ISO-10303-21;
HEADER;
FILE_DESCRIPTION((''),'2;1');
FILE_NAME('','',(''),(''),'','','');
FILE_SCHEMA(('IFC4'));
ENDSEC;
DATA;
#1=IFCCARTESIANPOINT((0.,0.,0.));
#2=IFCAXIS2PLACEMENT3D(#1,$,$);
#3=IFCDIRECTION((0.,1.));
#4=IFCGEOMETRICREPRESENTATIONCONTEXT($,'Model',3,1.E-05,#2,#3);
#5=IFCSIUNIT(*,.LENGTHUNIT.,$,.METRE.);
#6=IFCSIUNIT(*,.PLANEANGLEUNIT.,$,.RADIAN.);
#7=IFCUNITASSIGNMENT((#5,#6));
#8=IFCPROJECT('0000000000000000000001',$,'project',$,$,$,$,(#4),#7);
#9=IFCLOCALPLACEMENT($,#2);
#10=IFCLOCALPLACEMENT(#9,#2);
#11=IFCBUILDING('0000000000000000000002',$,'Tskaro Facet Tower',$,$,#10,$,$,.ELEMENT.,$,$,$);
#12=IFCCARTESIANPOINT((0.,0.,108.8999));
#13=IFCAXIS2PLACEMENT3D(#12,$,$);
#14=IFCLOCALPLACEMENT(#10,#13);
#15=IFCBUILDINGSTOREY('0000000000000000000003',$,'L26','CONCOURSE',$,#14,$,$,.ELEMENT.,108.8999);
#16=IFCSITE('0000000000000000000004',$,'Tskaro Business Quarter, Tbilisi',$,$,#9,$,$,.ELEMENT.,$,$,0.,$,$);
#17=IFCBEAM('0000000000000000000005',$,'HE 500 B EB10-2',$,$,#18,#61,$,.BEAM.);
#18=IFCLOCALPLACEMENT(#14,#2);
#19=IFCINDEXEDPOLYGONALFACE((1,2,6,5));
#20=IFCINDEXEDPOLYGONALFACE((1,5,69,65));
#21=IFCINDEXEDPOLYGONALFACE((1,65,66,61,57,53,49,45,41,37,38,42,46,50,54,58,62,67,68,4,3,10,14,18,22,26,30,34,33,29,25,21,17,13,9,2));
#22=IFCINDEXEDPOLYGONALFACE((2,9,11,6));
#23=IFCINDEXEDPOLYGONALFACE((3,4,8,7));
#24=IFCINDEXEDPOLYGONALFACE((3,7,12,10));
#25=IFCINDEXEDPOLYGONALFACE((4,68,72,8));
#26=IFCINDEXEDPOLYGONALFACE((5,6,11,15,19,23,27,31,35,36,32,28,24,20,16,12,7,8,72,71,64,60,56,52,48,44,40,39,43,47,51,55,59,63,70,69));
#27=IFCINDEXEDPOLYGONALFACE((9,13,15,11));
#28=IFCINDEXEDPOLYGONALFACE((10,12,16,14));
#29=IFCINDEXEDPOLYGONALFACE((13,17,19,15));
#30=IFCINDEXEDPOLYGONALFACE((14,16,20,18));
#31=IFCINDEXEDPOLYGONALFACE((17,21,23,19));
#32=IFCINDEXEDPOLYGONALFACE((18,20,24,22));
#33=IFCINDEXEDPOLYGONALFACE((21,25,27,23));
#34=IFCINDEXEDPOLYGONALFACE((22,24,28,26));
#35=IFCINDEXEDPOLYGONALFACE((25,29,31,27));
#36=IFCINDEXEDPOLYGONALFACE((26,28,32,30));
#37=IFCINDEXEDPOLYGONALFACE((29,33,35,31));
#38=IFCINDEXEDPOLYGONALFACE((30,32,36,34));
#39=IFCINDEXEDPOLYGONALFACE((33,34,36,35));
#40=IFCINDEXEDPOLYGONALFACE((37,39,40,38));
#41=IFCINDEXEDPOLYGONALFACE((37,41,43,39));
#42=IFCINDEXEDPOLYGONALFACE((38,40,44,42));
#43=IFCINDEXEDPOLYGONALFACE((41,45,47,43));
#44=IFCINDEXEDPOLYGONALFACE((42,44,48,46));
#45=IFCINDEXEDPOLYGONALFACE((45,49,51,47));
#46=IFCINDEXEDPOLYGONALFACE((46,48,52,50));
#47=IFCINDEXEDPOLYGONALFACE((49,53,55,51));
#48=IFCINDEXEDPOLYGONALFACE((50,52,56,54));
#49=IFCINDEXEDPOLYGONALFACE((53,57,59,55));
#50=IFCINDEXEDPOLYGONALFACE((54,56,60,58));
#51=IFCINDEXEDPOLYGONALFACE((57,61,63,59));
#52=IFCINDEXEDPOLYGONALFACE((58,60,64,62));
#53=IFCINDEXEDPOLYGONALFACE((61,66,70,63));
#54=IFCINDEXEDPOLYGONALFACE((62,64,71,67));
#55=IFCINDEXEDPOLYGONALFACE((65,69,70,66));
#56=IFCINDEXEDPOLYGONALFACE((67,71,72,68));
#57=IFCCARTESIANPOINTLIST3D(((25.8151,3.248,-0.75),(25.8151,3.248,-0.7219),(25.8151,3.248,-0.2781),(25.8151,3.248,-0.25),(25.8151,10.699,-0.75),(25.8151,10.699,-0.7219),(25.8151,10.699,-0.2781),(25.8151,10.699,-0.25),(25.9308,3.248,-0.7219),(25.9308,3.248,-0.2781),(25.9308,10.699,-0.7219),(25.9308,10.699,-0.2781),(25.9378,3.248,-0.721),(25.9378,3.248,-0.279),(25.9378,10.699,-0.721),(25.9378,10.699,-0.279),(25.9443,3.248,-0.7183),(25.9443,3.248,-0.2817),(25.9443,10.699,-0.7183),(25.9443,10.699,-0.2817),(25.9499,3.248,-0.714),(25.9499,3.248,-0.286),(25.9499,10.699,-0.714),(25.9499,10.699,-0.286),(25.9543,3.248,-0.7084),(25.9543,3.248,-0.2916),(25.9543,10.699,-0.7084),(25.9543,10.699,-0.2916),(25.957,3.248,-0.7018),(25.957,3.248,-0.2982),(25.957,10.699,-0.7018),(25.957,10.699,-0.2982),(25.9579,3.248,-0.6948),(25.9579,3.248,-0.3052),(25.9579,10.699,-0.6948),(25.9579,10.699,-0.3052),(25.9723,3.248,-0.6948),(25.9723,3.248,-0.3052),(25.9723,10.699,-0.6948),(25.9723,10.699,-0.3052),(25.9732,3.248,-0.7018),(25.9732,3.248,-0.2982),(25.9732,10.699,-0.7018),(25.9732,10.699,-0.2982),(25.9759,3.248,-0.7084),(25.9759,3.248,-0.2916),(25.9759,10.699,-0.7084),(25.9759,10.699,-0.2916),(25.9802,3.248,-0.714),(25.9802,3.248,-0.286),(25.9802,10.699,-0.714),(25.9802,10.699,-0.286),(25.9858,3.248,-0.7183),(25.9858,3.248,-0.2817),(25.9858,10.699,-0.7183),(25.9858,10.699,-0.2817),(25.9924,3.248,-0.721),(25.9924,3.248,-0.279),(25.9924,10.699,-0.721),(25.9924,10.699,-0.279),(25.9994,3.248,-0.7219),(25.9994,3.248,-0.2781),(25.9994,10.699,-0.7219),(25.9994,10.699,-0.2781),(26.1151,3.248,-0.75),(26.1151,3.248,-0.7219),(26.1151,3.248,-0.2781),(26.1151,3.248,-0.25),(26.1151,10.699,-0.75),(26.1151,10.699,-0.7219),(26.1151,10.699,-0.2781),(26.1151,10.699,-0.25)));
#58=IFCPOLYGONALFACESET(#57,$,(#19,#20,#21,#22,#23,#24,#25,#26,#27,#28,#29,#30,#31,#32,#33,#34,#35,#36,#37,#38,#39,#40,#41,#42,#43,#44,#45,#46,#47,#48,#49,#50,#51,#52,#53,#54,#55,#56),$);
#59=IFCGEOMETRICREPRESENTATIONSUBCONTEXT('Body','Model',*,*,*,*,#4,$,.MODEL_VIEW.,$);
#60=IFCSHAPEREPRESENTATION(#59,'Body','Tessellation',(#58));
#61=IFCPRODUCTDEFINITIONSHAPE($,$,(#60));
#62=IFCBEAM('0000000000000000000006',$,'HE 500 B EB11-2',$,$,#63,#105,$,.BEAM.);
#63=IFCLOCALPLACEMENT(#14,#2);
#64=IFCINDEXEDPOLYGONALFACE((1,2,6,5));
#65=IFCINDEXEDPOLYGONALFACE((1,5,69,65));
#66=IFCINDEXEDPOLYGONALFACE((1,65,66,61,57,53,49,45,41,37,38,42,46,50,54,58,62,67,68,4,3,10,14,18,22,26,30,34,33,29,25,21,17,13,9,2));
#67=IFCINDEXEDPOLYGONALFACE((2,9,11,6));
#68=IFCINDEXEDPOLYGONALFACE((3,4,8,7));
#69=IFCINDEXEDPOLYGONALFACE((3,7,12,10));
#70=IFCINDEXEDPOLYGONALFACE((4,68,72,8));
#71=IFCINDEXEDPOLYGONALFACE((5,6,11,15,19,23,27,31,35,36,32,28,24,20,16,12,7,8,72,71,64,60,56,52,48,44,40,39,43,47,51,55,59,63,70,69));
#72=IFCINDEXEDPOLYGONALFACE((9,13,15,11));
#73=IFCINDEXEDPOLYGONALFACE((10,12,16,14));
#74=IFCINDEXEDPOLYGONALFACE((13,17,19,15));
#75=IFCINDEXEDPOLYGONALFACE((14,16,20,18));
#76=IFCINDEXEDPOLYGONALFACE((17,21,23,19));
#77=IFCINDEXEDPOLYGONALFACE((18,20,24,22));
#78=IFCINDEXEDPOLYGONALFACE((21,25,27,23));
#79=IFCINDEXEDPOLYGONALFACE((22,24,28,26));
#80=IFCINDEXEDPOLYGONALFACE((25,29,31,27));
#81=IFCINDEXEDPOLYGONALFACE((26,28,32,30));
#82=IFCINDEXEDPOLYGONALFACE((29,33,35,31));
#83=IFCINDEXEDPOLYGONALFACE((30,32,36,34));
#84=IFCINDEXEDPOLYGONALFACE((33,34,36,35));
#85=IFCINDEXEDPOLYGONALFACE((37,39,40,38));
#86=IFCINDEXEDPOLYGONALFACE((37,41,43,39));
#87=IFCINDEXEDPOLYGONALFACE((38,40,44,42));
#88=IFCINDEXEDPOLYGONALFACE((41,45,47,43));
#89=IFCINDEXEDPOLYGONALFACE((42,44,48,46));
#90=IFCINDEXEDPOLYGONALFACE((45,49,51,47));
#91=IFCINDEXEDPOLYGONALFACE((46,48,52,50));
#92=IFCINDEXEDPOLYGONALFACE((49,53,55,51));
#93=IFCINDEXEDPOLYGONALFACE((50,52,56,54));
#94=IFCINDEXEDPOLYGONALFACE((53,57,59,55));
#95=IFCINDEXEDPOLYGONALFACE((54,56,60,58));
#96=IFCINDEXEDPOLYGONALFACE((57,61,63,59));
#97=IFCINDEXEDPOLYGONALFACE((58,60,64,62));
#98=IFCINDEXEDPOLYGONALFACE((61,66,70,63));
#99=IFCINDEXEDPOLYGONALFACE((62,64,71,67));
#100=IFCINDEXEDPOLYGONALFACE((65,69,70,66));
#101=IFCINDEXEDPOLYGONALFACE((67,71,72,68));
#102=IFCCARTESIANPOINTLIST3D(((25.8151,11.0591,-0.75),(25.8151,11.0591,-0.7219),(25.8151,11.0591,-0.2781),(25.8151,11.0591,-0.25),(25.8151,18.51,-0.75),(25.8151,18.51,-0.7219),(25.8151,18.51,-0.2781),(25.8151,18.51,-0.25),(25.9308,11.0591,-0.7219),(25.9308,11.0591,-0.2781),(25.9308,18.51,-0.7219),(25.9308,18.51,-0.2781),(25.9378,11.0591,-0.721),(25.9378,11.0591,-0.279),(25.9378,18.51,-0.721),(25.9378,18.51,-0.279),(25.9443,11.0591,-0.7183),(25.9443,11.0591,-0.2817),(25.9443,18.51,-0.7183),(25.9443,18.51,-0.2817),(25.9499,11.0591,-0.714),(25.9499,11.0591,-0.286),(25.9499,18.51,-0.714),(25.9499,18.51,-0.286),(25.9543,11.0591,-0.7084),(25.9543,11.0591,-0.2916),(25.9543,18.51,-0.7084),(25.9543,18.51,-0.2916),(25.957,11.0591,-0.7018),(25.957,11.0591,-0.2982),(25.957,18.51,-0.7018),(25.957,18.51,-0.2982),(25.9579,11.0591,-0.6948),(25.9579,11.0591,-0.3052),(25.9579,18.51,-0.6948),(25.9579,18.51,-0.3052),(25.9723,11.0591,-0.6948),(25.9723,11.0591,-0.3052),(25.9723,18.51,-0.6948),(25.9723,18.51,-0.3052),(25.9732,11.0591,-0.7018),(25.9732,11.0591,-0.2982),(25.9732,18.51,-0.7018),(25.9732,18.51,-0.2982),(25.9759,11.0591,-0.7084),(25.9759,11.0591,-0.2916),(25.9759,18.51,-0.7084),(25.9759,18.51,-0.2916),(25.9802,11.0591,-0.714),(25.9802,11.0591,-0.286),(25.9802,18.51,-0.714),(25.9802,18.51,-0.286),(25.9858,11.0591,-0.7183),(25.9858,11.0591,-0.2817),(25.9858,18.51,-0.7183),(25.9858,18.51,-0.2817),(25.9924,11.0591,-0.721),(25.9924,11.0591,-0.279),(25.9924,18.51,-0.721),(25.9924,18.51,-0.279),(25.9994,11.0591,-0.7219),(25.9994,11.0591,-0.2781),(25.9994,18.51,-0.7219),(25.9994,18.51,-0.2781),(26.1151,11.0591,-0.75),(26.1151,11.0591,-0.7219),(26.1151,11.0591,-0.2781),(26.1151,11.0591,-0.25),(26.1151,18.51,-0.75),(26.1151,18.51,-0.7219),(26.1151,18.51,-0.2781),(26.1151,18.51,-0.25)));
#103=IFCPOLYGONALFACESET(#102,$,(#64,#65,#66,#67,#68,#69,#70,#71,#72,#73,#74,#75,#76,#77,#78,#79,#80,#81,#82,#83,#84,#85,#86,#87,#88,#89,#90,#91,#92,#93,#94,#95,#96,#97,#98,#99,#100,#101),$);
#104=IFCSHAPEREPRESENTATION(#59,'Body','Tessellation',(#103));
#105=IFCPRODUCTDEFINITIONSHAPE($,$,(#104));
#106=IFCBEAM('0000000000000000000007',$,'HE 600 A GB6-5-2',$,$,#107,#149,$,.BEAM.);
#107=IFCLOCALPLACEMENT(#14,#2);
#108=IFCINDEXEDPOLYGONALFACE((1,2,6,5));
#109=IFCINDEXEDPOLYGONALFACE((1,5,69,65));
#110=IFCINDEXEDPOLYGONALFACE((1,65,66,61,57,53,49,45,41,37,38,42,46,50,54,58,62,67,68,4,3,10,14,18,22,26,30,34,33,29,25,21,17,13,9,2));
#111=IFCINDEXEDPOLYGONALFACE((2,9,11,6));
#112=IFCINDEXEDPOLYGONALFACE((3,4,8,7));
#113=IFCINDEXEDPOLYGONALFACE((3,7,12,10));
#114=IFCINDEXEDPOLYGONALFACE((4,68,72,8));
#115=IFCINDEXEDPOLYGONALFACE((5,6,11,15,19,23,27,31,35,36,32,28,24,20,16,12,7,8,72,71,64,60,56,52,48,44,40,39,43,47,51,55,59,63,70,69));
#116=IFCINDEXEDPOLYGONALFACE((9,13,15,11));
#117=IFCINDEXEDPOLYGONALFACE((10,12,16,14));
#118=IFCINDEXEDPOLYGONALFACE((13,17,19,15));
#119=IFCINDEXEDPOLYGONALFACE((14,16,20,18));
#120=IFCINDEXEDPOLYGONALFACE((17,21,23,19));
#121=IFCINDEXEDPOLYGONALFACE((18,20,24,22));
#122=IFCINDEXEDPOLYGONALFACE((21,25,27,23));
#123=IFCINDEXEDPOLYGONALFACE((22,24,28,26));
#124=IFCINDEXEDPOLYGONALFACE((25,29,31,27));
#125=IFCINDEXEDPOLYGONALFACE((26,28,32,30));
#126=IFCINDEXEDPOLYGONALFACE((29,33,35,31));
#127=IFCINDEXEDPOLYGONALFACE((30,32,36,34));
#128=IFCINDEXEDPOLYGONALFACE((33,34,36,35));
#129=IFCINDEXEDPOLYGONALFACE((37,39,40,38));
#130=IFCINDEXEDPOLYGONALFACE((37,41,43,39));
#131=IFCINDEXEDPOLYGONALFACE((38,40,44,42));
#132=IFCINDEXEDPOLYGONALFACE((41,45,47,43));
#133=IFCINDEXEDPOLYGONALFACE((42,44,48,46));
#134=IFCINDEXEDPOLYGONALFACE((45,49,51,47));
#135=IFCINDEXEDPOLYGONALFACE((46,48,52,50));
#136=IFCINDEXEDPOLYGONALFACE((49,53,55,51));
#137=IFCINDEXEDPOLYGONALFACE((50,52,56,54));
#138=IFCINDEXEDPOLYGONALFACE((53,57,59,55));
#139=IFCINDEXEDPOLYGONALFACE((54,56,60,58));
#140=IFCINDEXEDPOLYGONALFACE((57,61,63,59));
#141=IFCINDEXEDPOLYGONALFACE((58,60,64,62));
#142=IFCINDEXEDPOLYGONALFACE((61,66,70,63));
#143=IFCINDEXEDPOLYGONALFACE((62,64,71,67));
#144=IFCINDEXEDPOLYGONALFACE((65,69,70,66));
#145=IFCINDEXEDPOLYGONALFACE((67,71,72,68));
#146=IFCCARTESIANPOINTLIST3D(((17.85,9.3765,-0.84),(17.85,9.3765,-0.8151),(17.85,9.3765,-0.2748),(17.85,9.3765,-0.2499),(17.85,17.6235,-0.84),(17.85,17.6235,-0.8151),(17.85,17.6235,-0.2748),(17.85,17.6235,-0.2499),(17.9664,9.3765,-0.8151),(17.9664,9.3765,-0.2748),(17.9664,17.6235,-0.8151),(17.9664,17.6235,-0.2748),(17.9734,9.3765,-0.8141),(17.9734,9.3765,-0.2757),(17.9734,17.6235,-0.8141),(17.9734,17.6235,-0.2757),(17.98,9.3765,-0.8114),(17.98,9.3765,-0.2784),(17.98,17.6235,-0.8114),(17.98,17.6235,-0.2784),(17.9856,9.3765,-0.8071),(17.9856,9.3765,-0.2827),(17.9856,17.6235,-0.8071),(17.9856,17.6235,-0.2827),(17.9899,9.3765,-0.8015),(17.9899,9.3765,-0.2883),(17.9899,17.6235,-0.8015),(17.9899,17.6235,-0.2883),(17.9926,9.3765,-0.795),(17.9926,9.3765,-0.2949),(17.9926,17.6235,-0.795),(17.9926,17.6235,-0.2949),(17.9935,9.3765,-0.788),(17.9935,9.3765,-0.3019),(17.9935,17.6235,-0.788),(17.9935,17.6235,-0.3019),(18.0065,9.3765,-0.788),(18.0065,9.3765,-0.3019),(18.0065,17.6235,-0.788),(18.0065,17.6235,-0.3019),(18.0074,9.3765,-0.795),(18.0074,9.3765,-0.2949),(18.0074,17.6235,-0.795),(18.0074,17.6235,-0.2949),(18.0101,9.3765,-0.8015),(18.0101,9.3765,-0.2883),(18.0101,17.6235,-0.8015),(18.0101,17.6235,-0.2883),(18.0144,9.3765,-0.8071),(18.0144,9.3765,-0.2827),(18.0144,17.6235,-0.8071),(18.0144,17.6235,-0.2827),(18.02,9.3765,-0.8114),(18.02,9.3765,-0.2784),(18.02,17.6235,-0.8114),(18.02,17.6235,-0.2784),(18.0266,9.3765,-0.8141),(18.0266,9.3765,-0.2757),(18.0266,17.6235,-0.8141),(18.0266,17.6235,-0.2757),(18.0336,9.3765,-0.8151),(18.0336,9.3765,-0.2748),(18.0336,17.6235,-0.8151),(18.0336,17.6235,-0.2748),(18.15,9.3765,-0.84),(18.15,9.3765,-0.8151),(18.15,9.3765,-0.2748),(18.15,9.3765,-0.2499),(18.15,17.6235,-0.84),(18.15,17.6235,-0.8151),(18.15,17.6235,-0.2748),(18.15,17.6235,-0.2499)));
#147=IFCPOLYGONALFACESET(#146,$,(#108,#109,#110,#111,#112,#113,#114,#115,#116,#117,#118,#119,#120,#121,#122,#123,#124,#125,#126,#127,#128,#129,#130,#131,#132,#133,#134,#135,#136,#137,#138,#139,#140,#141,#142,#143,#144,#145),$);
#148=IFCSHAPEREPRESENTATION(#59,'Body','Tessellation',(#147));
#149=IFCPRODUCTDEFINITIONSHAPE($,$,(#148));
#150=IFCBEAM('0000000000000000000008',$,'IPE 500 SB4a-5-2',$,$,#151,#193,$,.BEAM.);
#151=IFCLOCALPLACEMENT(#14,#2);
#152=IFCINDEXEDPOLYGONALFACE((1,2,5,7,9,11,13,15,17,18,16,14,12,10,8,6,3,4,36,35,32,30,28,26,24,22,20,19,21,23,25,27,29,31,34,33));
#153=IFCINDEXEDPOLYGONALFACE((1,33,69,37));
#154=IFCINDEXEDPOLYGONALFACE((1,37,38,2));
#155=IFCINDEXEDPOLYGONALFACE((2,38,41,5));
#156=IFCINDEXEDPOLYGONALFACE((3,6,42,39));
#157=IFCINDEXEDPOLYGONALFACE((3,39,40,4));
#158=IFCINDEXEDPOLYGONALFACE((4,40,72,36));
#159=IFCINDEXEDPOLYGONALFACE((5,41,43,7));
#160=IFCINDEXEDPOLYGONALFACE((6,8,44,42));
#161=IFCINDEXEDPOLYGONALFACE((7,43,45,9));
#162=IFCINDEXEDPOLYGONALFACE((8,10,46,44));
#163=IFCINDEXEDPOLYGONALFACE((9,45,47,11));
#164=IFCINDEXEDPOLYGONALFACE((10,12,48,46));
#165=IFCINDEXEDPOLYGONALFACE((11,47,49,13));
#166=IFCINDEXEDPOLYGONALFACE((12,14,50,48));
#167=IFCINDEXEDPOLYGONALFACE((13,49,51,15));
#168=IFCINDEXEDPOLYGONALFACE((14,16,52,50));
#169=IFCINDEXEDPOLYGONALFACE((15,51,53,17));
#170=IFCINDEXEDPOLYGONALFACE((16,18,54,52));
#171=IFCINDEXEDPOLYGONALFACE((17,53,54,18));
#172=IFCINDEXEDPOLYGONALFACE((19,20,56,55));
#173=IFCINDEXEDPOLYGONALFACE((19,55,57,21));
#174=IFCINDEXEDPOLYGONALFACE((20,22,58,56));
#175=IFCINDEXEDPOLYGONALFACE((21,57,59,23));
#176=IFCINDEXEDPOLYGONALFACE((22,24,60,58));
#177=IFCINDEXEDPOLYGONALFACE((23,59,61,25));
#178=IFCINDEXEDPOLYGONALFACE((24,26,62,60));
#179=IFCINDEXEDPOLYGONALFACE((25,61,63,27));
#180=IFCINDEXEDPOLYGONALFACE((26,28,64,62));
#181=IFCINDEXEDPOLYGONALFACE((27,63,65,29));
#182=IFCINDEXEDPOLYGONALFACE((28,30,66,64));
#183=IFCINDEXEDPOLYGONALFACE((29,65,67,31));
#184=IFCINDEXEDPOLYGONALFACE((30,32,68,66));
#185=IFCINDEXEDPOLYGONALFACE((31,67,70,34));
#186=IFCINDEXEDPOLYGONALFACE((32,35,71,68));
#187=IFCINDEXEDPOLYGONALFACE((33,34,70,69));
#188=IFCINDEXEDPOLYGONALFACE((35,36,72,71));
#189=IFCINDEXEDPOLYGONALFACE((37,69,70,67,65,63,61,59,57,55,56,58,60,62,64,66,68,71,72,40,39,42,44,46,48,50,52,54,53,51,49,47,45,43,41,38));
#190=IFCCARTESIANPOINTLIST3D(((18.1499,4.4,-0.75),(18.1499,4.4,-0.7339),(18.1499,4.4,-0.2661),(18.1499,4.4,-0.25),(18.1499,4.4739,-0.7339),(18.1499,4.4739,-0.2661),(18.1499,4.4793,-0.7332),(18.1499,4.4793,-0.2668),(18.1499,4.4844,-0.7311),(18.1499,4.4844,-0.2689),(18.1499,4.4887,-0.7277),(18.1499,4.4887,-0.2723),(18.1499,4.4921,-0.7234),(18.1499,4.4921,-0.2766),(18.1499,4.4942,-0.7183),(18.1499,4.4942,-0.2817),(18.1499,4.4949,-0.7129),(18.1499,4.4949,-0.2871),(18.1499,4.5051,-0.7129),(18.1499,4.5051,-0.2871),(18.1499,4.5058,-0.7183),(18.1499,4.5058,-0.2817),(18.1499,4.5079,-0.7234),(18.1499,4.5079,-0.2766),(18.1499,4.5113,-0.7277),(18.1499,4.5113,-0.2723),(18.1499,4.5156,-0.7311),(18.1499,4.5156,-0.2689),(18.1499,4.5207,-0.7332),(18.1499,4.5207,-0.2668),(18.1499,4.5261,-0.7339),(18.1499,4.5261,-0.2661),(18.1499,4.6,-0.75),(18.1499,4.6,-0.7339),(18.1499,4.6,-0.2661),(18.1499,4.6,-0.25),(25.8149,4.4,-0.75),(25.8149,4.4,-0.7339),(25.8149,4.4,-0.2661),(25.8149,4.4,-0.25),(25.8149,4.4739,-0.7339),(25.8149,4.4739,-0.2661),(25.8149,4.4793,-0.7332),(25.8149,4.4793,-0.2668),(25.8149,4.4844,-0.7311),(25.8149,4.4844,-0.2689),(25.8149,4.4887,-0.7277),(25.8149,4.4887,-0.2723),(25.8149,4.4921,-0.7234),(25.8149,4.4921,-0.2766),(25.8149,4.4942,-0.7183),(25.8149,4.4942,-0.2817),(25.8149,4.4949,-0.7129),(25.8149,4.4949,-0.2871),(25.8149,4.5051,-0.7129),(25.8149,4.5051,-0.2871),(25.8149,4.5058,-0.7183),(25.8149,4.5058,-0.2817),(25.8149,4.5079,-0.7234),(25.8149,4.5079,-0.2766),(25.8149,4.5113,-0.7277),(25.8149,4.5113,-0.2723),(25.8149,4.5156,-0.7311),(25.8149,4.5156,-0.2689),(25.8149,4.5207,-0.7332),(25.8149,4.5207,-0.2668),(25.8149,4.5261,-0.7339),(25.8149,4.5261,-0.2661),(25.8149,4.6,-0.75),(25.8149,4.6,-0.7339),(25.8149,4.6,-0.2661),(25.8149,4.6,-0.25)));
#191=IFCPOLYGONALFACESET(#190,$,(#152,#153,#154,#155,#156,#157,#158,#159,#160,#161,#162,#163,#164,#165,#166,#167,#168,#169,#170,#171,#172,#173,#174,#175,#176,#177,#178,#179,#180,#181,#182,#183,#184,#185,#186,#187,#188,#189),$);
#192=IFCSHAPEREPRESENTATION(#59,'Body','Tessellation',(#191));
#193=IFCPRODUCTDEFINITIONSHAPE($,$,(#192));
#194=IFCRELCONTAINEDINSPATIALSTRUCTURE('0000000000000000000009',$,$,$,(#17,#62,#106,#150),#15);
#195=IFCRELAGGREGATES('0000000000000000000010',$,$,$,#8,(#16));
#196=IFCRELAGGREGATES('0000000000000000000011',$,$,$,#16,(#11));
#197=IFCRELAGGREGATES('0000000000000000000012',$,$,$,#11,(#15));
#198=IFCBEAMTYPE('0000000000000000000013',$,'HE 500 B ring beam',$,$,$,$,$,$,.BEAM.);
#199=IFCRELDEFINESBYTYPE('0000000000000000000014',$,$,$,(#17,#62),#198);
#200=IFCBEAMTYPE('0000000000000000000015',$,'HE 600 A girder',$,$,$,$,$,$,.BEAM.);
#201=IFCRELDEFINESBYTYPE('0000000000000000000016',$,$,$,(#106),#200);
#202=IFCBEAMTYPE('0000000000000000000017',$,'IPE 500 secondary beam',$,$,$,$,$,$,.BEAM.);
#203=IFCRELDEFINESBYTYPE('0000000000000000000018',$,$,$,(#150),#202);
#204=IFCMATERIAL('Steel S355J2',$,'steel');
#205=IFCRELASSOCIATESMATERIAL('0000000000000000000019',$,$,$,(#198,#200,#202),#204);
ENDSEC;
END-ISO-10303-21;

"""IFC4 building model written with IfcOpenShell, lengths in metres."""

from ifc_helpers import new_model, si_unit, direction, frame, origin, origin_2d, place, context, subcontext, project, spatial, i_section, extrude, material, material_profile, profile_set, type_object, element, save


model = new_model("IFC4")

# Units and contexts
model_context = context("Model", 3, precision=1e-05, world=origin(), true_north=direction((0.0, 1.0)))
body_context = subcontext(model_context, "Body", "Model", "MODEL_VIEW")
ifc_project = project(units=[si_unit("LENGTHUNIT", "METRE"), si_unit("PLANEANGLEUNIT", "RADIAN")], contexts=[model_context])

# Site, building, storey
site_placement = place(None, origin())
site = spatial("IfcSite", under=ifc_project, at=site_placement, Name="Tskaro Business Quarter, Tbilisi", CompositionType="ELEMENT", RefElevation=0.0)
building_placement = place(site_placement, origin())
building = spatial("IfcBuilding", under=site, at=building_placement, Name="Tskaro Facet Tower", CompositionType="ELEMENT")
storey_placement = place(building_placement, frame((0.0, 0.0, 108.8999)))
storey = spatial("IfcBuildingStorey", under=building, at=storey_placement, Name="L26", Description="CONCOURSE", CompositionType="ELEMENT", Elevation=108.8999)

# Beams
ifc_material_1 = material(Name="Steel S355J2", Category="steel")
ifc_material_profile_1 = material_profile(ifc_material_1, i_section(OverallWidth=0.3, OverallDepth=0.5, WebThickness=0.0144, FlangeThickness=0.0281, FilletRadius=0.0271, at=origin_2d()), Name="HE 500 B")
ifc_profile_set_1 = profile_set([ifc_material_profile_1], Name="Steel S355J2")
beam_type_1 = type_object("IfcBeamType", Name="HE 500 B ring beam", PredefinedType="BEAM", material=ifc_profile_set_1)
for number, where, z_axis, x_axis, name in (
    (1, (25.9651, 3.248, -0.5), (0.0, 1.0, 0.0), (-1.0, 0.0, 0.0), "HE 500 B EB10-2"),
    (2, (25.9651, 11.0591, -0.5), (0.0, 1.0, 0.0), (-1.0, 0.0, 0.0), "HE 500 B EB11-2"),
):
    element("IfcBeam", number, at=place(storey_placement, frame(where, z_axis=z_axis, x_axis=x_axis)), inside=storey, type_object=beam_type_1, Name=name, PredefinedType="BEAM", context=body_context, shape_type="SweptSolid", body=[
        extrude(i_section(OverallWidth=0.3, OverallDepth=0.5, WebThickness=0.0144, FlangeThickness=0.0281, FilletRadius=0.0271, at=origin_2d()), origin(), (0.0, 0.0, 1.0), 7.4509),
    ])
ifc_material_profile_2 = material_profile(ifc_material_1, i_section(OverallWidth=0.3, OverallDepth=0.5901, WebThickness=0.0129, FlangeThickness=0.0249, FilletRadius=0.0271, at=origin_2d()), Name="HE 600 A")
ifc_profile_set_2 = profile_set([ifc_material_profile_2], Name="Steel S355J2")
beam_type_2 = type_object("IfcBeamType", Name="HE 600 A girder", PredefinedType="BEAM", material=ifc_profile_set_2)
beam_1_placement = place(storey_placement, frame((18.0, 9.3765, -0.5449), z_axis=(0.0, 1.0, 0.0), x_axis=(-1.0, 0.0, 0.0)))
element("IfcBeam", 3, at=beam_1_placement, inside=storey, type_object=beam_type_2, Name="HE 600 A GB6-5-2", PredefinedType="BEAM", context=body_context, shape_type="SweptSolid", body=[
    extrude(i_section(OverallWidth=0.3, OverallDepth=0.5901, WebThickness=0.0129, FlangeThickness=0.0249, FilletRadius=0.0271, at=origin_2d()), origin(), (0.0, 0.0, 1.0), 8.2471),
])
ifc_material_profile_3 = material_profile(ifc_material_1, i_section(OverallWidth=0.2, OverallDepth=0.5, WebThickness=0.0103, FlangeThickness=0.0161, FilletRadius=0.021, at=origin_2d()), Name="IPE 500")
ifc_profile_set_3 = profile_set([ifc_material_profile_3], Name="Steel S355J2")
beam_type_3 = type_object("IfcBeamType", Name="IPE 500 secondary beam", PredefinedType="BEAM", material=ifc_profile_set_3)
beam_2_placement = place(storey_placement, frame((18.1499, 4.5, -0.5), z_axis=(1.0, 0.0, 0.0), x_axis=(0.0, 1.0, 0.0)))
element("IfcBeam", 4, at=beam_2_placement, inside=storey, type_object=beam_type_3, Name="IPE 500 SB4a-5-2", PredefinedType="BEAM", context=body_context, shape_type="SweptSolid", body=[
    extrude(i_section(OverallWidth=0.2, OverallDepth=0.5, WebThickness=0.0103, FlangeThickness=0.0161, FilletRadius=0.021, at=origin_2d()), origin(), (0.0, 0.0, 1.0), 7.665),
])

save(model, "model.ifc")
